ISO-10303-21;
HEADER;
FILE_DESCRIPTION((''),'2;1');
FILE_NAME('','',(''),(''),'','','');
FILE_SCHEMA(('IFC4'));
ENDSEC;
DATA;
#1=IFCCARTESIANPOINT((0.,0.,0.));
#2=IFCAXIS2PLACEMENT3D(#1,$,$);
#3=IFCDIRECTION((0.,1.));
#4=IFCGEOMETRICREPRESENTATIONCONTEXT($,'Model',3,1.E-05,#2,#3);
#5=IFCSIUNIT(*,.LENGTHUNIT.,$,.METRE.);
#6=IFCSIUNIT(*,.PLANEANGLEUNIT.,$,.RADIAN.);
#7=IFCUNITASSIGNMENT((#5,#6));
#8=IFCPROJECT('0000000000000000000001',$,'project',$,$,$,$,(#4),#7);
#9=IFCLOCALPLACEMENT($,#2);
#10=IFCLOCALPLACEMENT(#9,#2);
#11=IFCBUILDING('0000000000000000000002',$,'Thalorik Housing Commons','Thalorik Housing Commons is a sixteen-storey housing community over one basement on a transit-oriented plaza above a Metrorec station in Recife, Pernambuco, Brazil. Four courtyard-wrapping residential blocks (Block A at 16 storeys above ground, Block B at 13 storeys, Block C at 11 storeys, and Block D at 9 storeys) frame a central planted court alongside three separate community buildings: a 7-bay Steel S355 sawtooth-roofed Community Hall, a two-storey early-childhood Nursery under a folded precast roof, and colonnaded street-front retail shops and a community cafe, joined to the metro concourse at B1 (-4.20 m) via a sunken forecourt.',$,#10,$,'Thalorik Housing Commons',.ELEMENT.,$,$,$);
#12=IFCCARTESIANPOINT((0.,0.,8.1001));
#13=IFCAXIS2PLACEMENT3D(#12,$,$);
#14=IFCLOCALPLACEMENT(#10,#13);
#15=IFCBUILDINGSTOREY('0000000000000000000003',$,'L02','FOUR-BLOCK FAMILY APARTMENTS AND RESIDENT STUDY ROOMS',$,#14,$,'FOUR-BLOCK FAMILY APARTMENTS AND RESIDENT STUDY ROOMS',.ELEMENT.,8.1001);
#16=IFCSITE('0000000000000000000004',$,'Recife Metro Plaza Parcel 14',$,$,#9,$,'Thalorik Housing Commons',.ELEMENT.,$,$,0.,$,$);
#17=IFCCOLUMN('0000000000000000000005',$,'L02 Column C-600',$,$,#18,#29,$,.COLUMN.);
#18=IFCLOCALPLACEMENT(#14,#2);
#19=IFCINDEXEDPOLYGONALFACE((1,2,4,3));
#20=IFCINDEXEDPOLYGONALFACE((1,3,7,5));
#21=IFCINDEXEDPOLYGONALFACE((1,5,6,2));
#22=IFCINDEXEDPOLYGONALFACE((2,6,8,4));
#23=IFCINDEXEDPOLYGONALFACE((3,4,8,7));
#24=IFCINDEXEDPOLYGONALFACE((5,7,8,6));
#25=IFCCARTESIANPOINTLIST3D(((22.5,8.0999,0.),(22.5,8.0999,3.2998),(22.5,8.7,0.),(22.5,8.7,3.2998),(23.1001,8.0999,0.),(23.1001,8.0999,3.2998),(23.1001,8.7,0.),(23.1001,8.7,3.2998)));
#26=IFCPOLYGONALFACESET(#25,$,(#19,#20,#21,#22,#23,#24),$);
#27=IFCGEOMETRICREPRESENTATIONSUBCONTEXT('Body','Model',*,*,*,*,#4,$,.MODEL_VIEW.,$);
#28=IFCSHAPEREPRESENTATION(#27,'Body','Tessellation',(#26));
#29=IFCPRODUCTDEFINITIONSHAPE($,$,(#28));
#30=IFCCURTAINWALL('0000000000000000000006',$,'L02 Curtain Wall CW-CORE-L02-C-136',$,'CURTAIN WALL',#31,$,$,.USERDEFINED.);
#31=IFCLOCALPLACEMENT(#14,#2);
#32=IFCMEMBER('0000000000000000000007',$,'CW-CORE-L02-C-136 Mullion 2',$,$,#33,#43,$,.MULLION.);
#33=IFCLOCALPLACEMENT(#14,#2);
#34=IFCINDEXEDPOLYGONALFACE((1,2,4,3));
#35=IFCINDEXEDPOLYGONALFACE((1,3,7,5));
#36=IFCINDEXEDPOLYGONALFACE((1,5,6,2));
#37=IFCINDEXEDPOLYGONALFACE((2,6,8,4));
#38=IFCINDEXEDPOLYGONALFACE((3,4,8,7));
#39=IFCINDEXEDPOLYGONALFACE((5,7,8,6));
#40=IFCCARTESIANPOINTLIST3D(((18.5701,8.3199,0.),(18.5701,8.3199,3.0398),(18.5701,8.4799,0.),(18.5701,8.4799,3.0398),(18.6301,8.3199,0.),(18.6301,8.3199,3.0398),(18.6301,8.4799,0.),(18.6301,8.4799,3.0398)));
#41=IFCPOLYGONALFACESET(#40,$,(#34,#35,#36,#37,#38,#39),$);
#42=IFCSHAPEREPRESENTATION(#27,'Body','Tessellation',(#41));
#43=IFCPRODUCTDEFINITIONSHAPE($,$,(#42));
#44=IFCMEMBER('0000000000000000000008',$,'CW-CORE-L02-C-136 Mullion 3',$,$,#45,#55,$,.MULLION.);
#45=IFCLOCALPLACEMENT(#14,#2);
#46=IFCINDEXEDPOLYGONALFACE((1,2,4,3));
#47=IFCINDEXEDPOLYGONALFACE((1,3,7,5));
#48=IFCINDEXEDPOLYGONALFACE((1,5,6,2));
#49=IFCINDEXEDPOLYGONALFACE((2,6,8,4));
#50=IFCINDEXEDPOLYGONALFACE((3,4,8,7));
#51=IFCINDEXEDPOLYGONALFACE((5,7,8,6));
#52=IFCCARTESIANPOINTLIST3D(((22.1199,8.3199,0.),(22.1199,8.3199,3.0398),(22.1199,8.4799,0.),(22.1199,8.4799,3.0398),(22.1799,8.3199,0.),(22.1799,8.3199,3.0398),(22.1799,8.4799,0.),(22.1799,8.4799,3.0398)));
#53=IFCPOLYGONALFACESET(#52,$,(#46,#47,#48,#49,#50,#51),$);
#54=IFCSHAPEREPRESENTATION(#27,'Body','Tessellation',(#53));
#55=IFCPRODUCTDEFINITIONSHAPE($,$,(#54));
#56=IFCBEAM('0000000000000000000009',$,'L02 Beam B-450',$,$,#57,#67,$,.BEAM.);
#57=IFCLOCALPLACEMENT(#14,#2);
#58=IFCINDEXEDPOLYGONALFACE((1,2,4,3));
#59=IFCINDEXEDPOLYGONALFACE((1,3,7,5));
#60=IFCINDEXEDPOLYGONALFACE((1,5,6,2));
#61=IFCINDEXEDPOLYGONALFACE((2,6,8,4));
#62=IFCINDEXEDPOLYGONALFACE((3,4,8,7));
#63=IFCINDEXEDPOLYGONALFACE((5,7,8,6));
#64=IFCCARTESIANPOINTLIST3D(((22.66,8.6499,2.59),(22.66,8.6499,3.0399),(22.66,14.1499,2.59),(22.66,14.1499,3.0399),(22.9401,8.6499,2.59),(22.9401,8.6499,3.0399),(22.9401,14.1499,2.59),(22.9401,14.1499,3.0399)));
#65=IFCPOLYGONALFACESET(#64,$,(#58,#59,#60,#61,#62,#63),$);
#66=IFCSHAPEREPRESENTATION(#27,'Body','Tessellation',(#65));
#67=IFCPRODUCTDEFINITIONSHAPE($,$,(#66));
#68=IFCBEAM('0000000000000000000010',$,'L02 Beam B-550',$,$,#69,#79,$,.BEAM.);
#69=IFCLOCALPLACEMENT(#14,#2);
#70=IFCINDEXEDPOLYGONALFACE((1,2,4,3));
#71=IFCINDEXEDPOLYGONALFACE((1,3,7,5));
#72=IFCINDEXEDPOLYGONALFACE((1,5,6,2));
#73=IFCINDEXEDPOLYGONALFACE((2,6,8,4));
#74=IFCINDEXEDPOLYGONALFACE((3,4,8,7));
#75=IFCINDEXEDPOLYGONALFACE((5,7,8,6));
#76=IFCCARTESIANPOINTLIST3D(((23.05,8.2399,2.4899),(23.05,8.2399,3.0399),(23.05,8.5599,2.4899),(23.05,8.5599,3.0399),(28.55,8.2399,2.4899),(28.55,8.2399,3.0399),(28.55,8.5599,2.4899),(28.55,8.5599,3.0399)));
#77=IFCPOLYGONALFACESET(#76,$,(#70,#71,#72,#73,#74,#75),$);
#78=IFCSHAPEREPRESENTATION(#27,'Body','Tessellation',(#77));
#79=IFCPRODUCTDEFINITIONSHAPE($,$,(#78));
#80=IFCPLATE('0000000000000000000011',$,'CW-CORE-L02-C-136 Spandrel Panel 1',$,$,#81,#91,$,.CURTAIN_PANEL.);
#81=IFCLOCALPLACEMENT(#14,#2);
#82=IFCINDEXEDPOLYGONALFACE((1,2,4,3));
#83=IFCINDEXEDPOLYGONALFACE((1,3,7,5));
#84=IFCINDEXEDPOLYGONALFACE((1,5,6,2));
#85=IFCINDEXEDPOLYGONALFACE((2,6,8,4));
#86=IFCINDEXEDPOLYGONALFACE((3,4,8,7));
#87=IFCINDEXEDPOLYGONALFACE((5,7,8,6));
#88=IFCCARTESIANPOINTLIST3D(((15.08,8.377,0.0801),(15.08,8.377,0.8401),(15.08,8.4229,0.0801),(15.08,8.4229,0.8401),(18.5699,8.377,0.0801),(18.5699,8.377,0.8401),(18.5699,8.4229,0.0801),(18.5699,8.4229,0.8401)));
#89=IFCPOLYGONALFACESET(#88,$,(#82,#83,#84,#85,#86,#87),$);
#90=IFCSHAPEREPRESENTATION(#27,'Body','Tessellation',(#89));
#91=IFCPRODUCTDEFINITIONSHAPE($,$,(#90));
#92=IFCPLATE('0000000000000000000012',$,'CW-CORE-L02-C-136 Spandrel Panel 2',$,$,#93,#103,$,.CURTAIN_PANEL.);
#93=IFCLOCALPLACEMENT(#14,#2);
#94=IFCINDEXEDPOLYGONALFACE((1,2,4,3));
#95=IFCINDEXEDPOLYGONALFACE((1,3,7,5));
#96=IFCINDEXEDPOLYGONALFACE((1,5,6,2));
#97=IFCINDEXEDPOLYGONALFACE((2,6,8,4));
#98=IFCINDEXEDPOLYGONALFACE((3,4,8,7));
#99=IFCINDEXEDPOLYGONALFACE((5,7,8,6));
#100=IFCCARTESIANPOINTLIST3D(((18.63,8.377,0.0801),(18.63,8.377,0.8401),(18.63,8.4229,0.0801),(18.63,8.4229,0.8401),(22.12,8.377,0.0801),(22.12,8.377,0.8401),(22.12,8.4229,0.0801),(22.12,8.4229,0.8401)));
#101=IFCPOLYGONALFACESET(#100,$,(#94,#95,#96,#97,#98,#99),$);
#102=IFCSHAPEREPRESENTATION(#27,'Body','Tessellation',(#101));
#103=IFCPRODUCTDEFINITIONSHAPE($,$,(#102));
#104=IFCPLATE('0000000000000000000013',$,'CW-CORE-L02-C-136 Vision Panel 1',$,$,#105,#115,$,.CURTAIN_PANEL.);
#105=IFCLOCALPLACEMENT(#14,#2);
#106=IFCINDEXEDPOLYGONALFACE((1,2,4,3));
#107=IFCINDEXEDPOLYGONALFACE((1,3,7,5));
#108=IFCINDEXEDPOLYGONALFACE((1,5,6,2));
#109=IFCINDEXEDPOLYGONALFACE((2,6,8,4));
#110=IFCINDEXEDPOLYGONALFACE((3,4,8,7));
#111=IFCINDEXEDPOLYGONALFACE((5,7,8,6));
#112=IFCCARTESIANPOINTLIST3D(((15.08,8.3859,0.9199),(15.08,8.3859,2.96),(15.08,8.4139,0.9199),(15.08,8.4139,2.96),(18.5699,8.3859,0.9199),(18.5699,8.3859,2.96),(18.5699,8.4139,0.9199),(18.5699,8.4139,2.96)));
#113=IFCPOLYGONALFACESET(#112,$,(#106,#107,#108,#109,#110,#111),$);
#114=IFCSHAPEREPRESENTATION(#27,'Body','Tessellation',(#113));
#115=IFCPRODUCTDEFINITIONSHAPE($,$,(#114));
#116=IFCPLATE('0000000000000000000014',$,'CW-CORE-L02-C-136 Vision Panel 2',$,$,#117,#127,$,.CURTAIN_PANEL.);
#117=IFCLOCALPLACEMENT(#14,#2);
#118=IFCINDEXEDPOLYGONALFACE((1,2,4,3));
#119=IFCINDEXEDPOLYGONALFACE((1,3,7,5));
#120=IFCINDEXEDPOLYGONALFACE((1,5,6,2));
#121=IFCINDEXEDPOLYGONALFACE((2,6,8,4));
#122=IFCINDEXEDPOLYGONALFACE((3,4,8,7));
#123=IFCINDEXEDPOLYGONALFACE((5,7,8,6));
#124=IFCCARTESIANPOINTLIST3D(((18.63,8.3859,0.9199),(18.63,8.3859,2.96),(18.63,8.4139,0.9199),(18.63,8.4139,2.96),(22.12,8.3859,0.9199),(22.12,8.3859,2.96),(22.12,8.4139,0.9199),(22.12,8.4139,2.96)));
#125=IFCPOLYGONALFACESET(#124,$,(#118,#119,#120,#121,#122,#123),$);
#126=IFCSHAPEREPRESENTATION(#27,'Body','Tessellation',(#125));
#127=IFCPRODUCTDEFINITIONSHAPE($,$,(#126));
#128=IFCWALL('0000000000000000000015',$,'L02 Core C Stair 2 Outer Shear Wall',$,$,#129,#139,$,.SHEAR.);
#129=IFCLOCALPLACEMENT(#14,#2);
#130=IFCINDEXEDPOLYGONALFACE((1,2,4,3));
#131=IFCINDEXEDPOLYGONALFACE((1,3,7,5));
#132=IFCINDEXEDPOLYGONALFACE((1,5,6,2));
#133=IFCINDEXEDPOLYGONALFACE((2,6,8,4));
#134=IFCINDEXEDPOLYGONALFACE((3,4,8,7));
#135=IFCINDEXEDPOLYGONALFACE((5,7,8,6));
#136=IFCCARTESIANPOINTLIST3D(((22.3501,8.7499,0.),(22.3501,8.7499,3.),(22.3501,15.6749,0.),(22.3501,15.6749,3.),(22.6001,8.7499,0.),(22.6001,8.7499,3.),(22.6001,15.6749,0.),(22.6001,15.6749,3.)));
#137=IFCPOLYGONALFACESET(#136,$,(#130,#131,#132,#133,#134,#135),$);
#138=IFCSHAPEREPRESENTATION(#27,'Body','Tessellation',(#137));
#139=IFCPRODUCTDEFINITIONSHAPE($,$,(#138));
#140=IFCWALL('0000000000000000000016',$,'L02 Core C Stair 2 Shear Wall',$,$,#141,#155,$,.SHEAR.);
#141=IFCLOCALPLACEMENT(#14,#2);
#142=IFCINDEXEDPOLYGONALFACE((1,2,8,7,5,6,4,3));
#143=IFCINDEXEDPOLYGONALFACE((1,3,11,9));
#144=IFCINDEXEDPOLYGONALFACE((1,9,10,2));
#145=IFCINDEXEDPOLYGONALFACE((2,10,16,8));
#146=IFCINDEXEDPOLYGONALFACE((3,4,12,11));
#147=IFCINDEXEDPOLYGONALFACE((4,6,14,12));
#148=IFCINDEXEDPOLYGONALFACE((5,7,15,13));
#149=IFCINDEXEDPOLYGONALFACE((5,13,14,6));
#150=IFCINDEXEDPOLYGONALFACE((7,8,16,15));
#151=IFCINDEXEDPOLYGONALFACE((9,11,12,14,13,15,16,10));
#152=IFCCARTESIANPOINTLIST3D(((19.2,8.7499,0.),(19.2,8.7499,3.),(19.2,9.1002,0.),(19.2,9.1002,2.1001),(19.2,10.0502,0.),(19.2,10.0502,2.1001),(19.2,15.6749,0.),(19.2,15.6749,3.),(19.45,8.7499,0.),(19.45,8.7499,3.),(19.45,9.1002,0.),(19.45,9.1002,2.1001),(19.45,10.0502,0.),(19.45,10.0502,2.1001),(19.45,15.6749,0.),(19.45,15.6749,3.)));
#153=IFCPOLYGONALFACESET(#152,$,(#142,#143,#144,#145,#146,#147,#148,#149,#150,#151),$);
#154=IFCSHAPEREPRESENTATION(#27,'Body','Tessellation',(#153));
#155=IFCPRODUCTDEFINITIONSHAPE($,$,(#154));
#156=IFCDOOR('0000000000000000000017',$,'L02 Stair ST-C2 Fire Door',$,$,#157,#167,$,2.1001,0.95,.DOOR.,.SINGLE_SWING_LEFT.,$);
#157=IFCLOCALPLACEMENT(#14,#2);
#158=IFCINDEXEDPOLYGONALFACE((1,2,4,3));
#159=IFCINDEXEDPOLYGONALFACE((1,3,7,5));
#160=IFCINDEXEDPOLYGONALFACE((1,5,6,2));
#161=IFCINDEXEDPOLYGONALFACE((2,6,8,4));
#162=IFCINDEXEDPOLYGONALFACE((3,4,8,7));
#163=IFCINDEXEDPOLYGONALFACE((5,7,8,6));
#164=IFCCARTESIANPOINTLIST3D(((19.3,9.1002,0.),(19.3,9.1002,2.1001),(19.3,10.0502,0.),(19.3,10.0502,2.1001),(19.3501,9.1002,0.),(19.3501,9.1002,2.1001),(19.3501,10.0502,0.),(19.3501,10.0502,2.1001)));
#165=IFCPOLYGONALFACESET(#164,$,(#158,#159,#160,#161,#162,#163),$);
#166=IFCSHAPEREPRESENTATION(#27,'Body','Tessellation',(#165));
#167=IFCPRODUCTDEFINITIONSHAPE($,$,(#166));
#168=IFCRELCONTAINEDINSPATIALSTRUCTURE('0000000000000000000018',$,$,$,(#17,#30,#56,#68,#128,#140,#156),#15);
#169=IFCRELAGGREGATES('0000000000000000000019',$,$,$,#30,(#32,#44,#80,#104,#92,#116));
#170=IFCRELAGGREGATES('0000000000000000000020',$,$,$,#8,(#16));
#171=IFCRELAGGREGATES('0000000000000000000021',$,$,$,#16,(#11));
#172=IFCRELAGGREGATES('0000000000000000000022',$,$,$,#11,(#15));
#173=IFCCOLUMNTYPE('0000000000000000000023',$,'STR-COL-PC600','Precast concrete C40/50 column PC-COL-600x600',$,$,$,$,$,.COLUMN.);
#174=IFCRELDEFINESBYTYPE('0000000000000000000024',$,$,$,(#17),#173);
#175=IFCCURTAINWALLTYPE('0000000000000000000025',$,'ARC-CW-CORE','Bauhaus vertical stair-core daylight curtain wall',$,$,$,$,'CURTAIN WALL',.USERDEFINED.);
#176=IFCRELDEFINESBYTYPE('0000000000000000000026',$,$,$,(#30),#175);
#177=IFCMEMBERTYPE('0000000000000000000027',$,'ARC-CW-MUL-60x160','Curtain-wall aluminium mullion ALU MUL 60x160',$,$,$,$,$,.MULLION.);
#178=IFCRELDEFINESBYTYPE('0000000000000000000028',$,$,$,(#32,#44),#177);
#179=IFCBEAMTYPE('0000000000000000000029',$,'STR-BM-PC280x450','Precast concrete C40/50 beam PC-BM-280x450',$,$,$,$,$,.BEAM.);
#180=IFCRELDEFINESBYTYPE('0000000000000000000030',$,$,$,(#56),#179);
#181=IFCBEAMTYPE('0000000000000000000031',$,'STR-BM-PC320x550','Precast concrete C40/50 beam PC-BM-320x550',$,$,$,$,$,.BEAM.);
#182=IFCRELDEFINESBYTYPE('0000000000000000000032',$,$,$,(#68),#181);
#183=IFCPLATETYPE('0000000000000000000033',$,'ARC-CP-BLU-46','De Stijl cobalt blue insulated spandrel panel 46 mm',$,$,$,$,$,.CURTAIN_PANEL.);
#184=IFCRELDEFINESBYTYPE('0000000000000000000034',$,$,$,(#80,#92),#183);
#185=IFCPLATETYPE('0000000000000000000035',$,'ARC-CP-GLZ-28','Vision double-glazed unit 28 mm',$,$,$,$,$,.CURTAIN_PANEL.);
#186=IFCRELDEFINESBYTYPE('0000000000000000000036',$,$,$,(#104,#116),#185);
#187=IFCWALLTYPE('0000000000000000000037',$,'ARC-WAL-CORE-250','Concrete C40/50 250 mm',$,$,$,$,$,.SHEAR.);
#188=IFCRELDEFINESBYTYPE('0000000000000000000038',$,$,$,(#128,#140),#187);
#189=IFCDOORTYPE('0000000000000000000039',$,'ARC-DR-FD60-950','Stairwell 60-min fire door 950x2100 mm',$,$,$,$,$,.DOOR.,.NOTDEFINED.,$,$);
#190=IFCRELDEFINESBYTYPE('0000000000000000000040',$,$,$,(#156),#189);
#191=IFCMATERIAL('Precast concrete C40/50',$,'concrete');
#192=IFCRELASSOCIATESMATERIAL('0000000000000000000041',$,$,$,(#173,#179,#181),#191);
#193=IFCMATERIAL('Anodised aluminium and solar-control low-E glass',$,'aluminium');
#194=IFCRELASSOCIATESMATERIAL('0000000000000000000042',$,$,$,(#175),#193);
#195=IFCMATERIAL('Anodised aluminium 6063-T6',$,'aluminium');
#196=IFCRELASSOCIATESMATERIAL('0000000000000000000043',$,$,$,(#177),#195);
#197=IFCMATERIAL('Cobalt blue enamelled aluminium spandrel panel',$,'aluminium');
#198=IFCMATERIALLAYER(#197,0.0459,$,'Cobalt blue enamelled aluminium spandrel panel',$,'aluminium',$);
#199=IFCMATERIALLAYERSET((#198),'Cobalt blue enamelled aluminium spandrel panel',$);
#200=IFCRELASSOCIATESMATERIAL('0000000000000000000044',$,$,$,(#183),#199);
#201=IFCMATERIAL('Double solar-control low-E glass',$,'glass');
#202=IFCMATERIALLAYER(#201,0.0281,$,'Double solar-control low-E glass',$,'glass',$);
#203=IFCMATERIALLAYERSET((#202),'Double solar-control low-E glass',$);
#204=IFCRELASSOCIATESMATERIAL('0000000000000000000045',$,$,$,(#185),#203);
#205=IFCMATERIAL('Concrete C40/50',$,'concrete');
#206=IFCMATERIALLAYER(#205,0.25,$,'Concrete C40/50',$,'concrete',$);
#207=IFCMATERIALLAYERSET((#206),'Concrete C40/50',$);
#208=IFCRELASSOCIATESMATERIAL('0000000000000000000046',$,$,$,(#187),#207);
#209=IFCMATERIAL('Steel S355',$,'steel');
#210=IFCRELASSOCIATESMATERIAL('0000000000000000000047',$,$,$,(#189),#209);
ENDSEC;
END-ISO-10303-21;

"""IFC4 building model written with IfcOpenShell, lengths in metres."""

from ifc_helpers import new_model, si_unit, direction, frame, frame_2d, origin, origin_2d, place, context, subcontext, project, spatial, rectangle, extrude, material, layer, layer_set, material_profile, profile_set, type_object, element, fill, aggregate, save


model = new_model("IFC4")

# Units and contexts
model_context = context("Model", 3, precision=1e-05, world=origin(), true_north=direction((0.0, 1.0)))
body_context = subcontext(model_context, "Body", "Model", "MODEL_VIEW")
ifc_project = project(units=[si_unit("LENGTHUNIT", "METRE"), si_unit("PLANEANGLEUNIT", "RADIAN")], contexts=[model_context])

# Site, building, storey
site_placement = place(None, origin())
site = spatial("IfcSite", under=ifc_project, at=site_placement, Name="Recife Metro Plaza Parcel 14", LongName="Thalorik Housing Commons", CompositionType="ELEMENT", RefElevation=0.0)
building_placement = place(site_placement, origin())
building = spatial("IfcBuilding", under=site, at=building_placement, Name="Thalorik Housing Commons", Description="Thalorik Housing Commons is a sixteen-storey housing community over one basement on a transit-oriented plaza above a Metrorec station in Recife, Pernambuco, Brazil. Four courtyard-wrapping residential blocks (Block A at 16 storeys above ground, Block B at 13 storeys, Block C at 11 storeys, and Block D at 9 storeys) frame a central planted court alongside three separate community buildings: a 7-bay Steel S355 sawtooth-roofed Community Hall, a two-storey early-childhood Nursery under a folded precast roof, and colonnaded street-front retail shops and a community cafe, joined to the metro concourse at B1 (-4.20 m) via a sunken forecourt.", LongName="Thalorik Housing Commons", CompositionType="ELEMENT")
storey_placement = place(building_placement, frame((0.0, 0.0, 8.1001)))
storey = spatial("IfcBuildingStorey", under=building, at=storey_placement, Name="L02", Description="FOUR-BLOCK FAMILY APARTMENTS AND RESIDENT STUDY ROOMS", LongName="FOUR-BLOCK FAMILY APARTMENTS AND RESIDENT STUDY ROOMS", CompositionType="ELEMENT", Elevation=8.1001)

# Column
ifc_material_1 = material(Name="Precast concrete C40/50", Category="concrete")
ifc_material_profile_1 = material_profile(ifc_material_1, rectangle(XDim=0.6001, YDim=0.6001, at=origin_2d()), Name="PC 600x600", Category="concrete")
ifc_profile_set_1 = profile_set([ifc_material_profile_1], Name="Precast concrete C40/50")
column_type = type_object("IfcColumnType", Name="STR-COL-PC600", Description="Precast concrete C40/50 column PC-COL-600x600", PredefinedType="COLUMN", material=ifc_profile_set_1)
column_placement = place(storey_placement, frame((22.8, 8.3999, 0.0), z_axis=(0.0, 0.0, 1.0), x_axis=(1.0, 0.0, 0.0)))
element("IfcColumn", 1, at=column_placement, inside=storey, type_object=column_type, Name="L02 Column C-600", PredefinedType="COLUMN", context=body_context, shape_type="SweptSolid", body=[
    extrude(rectangle(XDim=0.6001, YDim=0.6001, at=origin_2d()), origin(), (0.0, 0.0, 1.0), 3.2998),
])

# Curtain wall, members
ifc_material_2 = material(Name="Anodised aluminium and solar-control low-E glass", Category="aluminium")
curtain_wall_type = type_object("IfcCurtainWallType", Name="ARC-CW-CORE", Description="Bauhaus vertical stair-core daylight curtain wall", ElementType="CURTAIN WALL", PredefinedType="USERDEFINED", material=ifc_material_2)
curtain_wall_placement = place(storey_placement, origin())
curtain_wall = element("IfcCurtainWall", 2, at=curtain_wall_placement, inside=storey, type_object=curtain_wall_type, Name="L02 Curtain Wall CW-CORE-L02-C-136", ObjectType="CURTAIN WALL", PredefinedType="USERDEFINED")
ifc_material_3 = material(Name="Anodised aluminium 6063-T6", Category="aluminium")
ifc_material_profile_2 = material_profile(ifc_material_3, rectangle(XDim=0.0601, YDim=0.1599, at=origin_2d()), Name="ALU MUL 60x160", Category="aluminium")
ifc_profile_set_2 = profile_set([ifc_material_profile_2], Name="Anodised aluminium 6063-T6")
member_type = type_object("IfcMemberType", Name="ARC-CW-MUL-60x160", Description="Curtain-wall aluminium mullion ALU MUL 60x160", PredefinedType="MULLION", material=ifc_profile_set_2)
member_1_placement = place(storey_placement, frame((18.6001, 8.3999, 0.0), z_axis=(0.0, 0.0, 1.0), x_axis=(1.0, 0.0, 0.0)))
member_1 = element("IfcMember", 3, at=member_1_placement, type_object=member_type, Name="CW-CORE-L02-C-136 Mullion 2", PredefinedType="MULLION", context=body_context, shape_type="SweptSolid", body=[
    extrude(rectangle(XDim=0.0601, YDim=0.1599, at=origin_2d()), origin(), (0.0, 0.0, 1.0), 3.0398),
])
member_2_placement = place(storey_placement, frame((22.1499, 8.3999, 0.0), z_axis=(0.0, 0.0, 1.0), x_axis=(1.0, 0.0, 0.0)))
member_2 = element("IfcMember", 4, at=member_2_placement, type_object=member_type, Name="CW-CORE-L02-C-136 Mullion 3", PredefinedType="MULLION", context=body_context, shape_type="SweptSolid", body=[
    extrude(rectangle(XDim=0.0601, YDim=0.1599, at=origin_2d()), origin(), (0.0, 0.0, 1.0), 3.0398),
])

# Beams
ifc_material_profile_3 = material_profile(ifc_material_1, rectangle(XDim=0.28, YDim=0.45, at=origin_2d()), Name="PC 280x450", Category="concrete")
ifc_profile_set_3 = profile_set([ifc_material_profile_3], Name="Precast concrete C40/50")
beam_type_1 = type_object("IfcBeamType", Name="STR-BM-PC280x450", Description="Precast concrete C40/50 beam PC-BM-280x450", PredefinedType="BEAM", material=ifc_profile_set_3)
beam_1_placement = place(storey_placement, frame((22.8, 8.6499, 2.8149), z_axis=(0.0, 1.0, 0.0), x_axis=(-1.0, 0.0, 0.0)))
element("IfcBeam", 5, at=beam_1_placement, inside=storey, type_object=beam_type_1, Name="L02 Beam B-450", PredefinedType="BEAM", context=body_context, shape_type="SweptSolid", body=[
    extrude(rectangle(XDim=0.28, YDim=0.45, at=origin_2d()), origin(), (0.0, 0.0, 1.0), 5.5),
])
ifc_material_profile_4 = material_profile(ifc_material_1, rectangle(XDim=0.3201, YDim=0.55, at=origin_2d()), Name="PC 320x550", Category="concrete")
ifc_profile_set_4 = profile_set([ifc_material_profile_4], Name="Precast concrete C40/50")
beam_type_2 = type_object("IfcBeamType", Name="STR-BM-PC320x550", Description="Precast concrete C40/50 beam PC-BM-320x550", PredefinedType="BEAM", material=ifc_profile_set_4)
beam_2_placement = place(storey_placement, frame((23.05, 8.3999, 2.7649), z_axis=(1.0, 0.0, 0.0), x_axis=(0.0, 1.0, 0.0)))
element("IfcBeam", 6, at=beam_2_placement, inside=storey, type_object=beam_type_2, Name="L02 Beam B-550", PredefinedType="BEAM", context=body_context, shape_type="SweptSolid", body=[
    extrude(rectangle(XDim=0.3201, YDim=0.55, at=origin_2d()), origin(), (0.0, 0.0, 1.0), 5.5),
])

# Plates
ifc_material_4 = material(Name="Cobalt blue enamelled aluminium spandrel panel", Category="aluminium")
ifc_layer_1 = layer(ifc_material_4, 0.0459, Name="Cobalt blue enamelled aluminium spandrel panel", Category="aluminium")
ifc_layer_set_1 = layer_set([ifc_layer_1], Name="Cobalt blue enamelled aluminium spandrel panel")
plate_type_1 = type_object("IfcPlateType", Name="ARC-CP-BLU-46", Description="De Stijl cobalt blue insulated spandrel panel 46 mm", PredefinedType="CURTAIN_PANEL", material=ifc_layer_set_1)
plate_1_placement = place(storey_placement, frame((16.825, 8.3999, 0.0801), z_axis=(0.0, 0.0, 1.0), x_axis=(1.0, 0.0, 0.0)))
plate_1 = element("IfcPlate", 7, at=plate_1_placement, type_object=plate_type_1, Name="CW-CORE-L02-C-136 Spandrel Panel 1", PredefinedType="CURTAIN_PANEL", context=body_context, shape_type="SweptSolid", body=[
    extrude(rectangle(XDim=3.49, YDim=0.0459, at=origin_2d()), origin(), (0.0, 0.0, 1.0), 0.76),
])
plate_2_placement = place(storey_placement, frame((20.375, 8.3999, 0.0801), z_axis=(0.0, 0.0, 1.0), x_axis=(1.0, 0.0, 0.0)))
plate_2 = element("IfcPlate", 8, at=plate_2_placement, type_object=plate_type_1, Name="CW-CORE-L02-C-136 Spandrel Panel 2", PredefinedType="CURTAIN_PANEL", context=body_context, shape_type="SweptSolid", body=[
    extrude(rectangle(XDim=3.49, YDim=0.0459, at=origin_2d()), origin(), (0.0, 0.0, 1.0), 0.76),
])
ifc_material_5 = material(Name="Double solar-control low-E glass", Category="glass")
ifc_layer_2 = layer(ifc_material_5, 0.0281, Name="Double solar-control low-E glass", Category="glass")
ifc_layer_set_2 = layer_set([ifc_layer_2], Name="Double solar-control low-E glass")
plate_type_2 = type_object("IfcPlateType", Name="ARC-CP-GLZ-28", Description="Vision double-glazed unit 28 mm", PredefinedType="CURTAIN_PANEL", material=ifc_layer_set_2)
plate_3_placement = place(storey_placement, frame((16.825, 8.3999, 0.9199), z_axis=(0.0, 0.0, 1.0), x_axis=(1.0, 0.0, 0.0)))
plate_3 = element("IfcPlate", 9, at=plate_3_placement, type_object=plate_type_2, Name="CW-CORE-L02-C-136 Vision Panel 1", PredefinedType="CURTAIN_PANEL", context=body_context, shape_type="SweptSolid", body=[
    extrude(rectangle(XDim=3.49, YDim=0.0281, at=origin_2d()), origin(), (0.0, 0.0, 1.0), 2.04),
])
plate_4_placement = place(storey_placement, frame((20.375, 8.3999, 0.9199), z_axis=(0.0, 0.0, 1.0), x_axis=(1.0, 0.0, 0.0)))
plate_4 = element("IfcPlate", 10, at=plate_4_placement, type_object=plate_type_2, Name="CW-CORE-L02-C-136 Vision Panel 2", PredefinedType="CURTAIN_PANEL", context=body_context, shape_type="SweptSolid", body=[
    extrude(rectangle(XDim=3.49, YDim=0.0281, at=origin_2d()), origin(), (0.0, 0.0, 1.0), 2.04),
])
aggregate(curtain_wall, [member_1, member_2, plate_1, plate_3, plate_2, plate_4])

# Wall
ifc_material_6 = material(Name="Concrete C40/50", Category="concrete")
ifc_layer_3 = layer(ifc_material_6, 0.25, Name="Concrete C40/50", Category="concrete")
ifc_layer_set_3 = layer_set([ifc_layer_3], Name="Concrete C40/50")
wall_type_1 = type_object("IfcWallType", Name="ARC-WAL-CORE-250", Description="Concrete C40/50 250 mm", PredefinedType="SHEAR", material=ifc_layer_set_3)
wall_1_placement = place(storey_placement, frame((22.4751, 8.75, 0.0), z_axis=(0.0, 0.0, 1.0), x_axis=(0.0, 1.0, 0.0)))
element("IfcWall", 11, at=wall_1_placement, inside=storey, type_object=wall_type_1, Name="L02 Core C Stair 2 Outer Shear Wall", PredefinedType="SHEAR", context=body_context, shape_type="SweptSolid", body=[
    extrude(rectangle(XDim=6.925, YDim=0.25, at=frame_2d((3.4624, 0.0))), origin(), (0.0, 0.0, 1.0), 3.0),
])

# Wall, opening, door
wall_2_placement = place(storey_placement, frame((19.325, 8.75, 0.0), z_axis=(0.0, 0.0, 1.0), x_axis=(0.0, 1.0, 0.0)))
wall_2 = element("IfcWall", 12, at=wall_2_placement, inside=storey, type_object=wall_type_1, Name="L02 Core C Stair 2 Shear Wall", PredefinedType="SHEAR", context=body_context, shape_type="SweptSolid", body=[
    extrude(rectangle(XDim=6.925, YDim=0.25, at=frame_2d((3.4624, 0.0))), origin(), (0.0, 0.0, 1.0), 3.0),
])
opening_1_placement = place(wall_2_placement, frame((0.3501, 0.0, 0.0)))
opening_1 = element("IfcOpeningElement", 13, at=opening_1_placement, cuts=wall_2, PredefinedType="OPENING", context=body_context, shape_type="SweptSolid", body=[
    extrude(rectangle(XDim=0.95, YDim=2.1001, at=frame_2d((0.4751, 1.05))), frame((0.0, 0.135, 0.0), z_axis=(0.0, -1.0, 0.0), x_axis=(1.0, 0.0, 0.0)), (0.0, 0.0, 1.0), 0.27),
])
ifc_material_7 = material(Name="Steel S355", Category="steel")
door_type_1 = type_object("IfcDoorType", Name="ARC-DR-FD60-950", Description="Stairwell 60-min fire door 950x2100 mm", OperationType="NOTDEFINED", PredefinedType="DOOR", material=ifc_material_7)
door_1_placement = place(opening_1_placement, origin())
door_1 = element("IfcDoor", 14, at=door_1_placement, inside=storey, type_object=door_type_1, Name="L02 Stair ST-C2 Fire Door", OperationType="SINGLE_SWING_LEFT", OverallHeight=2.1001, OverallWidth=0.95, PredefinedType="DOOR", context=body_context, shape_type="SweptSolid", body=[
    extrude(rectangle(XDim=0.95, YDim=2.1001, at=frame_2d((0.4751, 1.05))), frame((0.0, 0.0249, 0.0), z_axis=(0.0, -1.0, 0.0), x_axis=(1.0, 0.0, 0.0)), (0.0, 0.0, 1.0), 0.05),
])
fill(opening_1, door_1)

save(model, "model.ifc")
